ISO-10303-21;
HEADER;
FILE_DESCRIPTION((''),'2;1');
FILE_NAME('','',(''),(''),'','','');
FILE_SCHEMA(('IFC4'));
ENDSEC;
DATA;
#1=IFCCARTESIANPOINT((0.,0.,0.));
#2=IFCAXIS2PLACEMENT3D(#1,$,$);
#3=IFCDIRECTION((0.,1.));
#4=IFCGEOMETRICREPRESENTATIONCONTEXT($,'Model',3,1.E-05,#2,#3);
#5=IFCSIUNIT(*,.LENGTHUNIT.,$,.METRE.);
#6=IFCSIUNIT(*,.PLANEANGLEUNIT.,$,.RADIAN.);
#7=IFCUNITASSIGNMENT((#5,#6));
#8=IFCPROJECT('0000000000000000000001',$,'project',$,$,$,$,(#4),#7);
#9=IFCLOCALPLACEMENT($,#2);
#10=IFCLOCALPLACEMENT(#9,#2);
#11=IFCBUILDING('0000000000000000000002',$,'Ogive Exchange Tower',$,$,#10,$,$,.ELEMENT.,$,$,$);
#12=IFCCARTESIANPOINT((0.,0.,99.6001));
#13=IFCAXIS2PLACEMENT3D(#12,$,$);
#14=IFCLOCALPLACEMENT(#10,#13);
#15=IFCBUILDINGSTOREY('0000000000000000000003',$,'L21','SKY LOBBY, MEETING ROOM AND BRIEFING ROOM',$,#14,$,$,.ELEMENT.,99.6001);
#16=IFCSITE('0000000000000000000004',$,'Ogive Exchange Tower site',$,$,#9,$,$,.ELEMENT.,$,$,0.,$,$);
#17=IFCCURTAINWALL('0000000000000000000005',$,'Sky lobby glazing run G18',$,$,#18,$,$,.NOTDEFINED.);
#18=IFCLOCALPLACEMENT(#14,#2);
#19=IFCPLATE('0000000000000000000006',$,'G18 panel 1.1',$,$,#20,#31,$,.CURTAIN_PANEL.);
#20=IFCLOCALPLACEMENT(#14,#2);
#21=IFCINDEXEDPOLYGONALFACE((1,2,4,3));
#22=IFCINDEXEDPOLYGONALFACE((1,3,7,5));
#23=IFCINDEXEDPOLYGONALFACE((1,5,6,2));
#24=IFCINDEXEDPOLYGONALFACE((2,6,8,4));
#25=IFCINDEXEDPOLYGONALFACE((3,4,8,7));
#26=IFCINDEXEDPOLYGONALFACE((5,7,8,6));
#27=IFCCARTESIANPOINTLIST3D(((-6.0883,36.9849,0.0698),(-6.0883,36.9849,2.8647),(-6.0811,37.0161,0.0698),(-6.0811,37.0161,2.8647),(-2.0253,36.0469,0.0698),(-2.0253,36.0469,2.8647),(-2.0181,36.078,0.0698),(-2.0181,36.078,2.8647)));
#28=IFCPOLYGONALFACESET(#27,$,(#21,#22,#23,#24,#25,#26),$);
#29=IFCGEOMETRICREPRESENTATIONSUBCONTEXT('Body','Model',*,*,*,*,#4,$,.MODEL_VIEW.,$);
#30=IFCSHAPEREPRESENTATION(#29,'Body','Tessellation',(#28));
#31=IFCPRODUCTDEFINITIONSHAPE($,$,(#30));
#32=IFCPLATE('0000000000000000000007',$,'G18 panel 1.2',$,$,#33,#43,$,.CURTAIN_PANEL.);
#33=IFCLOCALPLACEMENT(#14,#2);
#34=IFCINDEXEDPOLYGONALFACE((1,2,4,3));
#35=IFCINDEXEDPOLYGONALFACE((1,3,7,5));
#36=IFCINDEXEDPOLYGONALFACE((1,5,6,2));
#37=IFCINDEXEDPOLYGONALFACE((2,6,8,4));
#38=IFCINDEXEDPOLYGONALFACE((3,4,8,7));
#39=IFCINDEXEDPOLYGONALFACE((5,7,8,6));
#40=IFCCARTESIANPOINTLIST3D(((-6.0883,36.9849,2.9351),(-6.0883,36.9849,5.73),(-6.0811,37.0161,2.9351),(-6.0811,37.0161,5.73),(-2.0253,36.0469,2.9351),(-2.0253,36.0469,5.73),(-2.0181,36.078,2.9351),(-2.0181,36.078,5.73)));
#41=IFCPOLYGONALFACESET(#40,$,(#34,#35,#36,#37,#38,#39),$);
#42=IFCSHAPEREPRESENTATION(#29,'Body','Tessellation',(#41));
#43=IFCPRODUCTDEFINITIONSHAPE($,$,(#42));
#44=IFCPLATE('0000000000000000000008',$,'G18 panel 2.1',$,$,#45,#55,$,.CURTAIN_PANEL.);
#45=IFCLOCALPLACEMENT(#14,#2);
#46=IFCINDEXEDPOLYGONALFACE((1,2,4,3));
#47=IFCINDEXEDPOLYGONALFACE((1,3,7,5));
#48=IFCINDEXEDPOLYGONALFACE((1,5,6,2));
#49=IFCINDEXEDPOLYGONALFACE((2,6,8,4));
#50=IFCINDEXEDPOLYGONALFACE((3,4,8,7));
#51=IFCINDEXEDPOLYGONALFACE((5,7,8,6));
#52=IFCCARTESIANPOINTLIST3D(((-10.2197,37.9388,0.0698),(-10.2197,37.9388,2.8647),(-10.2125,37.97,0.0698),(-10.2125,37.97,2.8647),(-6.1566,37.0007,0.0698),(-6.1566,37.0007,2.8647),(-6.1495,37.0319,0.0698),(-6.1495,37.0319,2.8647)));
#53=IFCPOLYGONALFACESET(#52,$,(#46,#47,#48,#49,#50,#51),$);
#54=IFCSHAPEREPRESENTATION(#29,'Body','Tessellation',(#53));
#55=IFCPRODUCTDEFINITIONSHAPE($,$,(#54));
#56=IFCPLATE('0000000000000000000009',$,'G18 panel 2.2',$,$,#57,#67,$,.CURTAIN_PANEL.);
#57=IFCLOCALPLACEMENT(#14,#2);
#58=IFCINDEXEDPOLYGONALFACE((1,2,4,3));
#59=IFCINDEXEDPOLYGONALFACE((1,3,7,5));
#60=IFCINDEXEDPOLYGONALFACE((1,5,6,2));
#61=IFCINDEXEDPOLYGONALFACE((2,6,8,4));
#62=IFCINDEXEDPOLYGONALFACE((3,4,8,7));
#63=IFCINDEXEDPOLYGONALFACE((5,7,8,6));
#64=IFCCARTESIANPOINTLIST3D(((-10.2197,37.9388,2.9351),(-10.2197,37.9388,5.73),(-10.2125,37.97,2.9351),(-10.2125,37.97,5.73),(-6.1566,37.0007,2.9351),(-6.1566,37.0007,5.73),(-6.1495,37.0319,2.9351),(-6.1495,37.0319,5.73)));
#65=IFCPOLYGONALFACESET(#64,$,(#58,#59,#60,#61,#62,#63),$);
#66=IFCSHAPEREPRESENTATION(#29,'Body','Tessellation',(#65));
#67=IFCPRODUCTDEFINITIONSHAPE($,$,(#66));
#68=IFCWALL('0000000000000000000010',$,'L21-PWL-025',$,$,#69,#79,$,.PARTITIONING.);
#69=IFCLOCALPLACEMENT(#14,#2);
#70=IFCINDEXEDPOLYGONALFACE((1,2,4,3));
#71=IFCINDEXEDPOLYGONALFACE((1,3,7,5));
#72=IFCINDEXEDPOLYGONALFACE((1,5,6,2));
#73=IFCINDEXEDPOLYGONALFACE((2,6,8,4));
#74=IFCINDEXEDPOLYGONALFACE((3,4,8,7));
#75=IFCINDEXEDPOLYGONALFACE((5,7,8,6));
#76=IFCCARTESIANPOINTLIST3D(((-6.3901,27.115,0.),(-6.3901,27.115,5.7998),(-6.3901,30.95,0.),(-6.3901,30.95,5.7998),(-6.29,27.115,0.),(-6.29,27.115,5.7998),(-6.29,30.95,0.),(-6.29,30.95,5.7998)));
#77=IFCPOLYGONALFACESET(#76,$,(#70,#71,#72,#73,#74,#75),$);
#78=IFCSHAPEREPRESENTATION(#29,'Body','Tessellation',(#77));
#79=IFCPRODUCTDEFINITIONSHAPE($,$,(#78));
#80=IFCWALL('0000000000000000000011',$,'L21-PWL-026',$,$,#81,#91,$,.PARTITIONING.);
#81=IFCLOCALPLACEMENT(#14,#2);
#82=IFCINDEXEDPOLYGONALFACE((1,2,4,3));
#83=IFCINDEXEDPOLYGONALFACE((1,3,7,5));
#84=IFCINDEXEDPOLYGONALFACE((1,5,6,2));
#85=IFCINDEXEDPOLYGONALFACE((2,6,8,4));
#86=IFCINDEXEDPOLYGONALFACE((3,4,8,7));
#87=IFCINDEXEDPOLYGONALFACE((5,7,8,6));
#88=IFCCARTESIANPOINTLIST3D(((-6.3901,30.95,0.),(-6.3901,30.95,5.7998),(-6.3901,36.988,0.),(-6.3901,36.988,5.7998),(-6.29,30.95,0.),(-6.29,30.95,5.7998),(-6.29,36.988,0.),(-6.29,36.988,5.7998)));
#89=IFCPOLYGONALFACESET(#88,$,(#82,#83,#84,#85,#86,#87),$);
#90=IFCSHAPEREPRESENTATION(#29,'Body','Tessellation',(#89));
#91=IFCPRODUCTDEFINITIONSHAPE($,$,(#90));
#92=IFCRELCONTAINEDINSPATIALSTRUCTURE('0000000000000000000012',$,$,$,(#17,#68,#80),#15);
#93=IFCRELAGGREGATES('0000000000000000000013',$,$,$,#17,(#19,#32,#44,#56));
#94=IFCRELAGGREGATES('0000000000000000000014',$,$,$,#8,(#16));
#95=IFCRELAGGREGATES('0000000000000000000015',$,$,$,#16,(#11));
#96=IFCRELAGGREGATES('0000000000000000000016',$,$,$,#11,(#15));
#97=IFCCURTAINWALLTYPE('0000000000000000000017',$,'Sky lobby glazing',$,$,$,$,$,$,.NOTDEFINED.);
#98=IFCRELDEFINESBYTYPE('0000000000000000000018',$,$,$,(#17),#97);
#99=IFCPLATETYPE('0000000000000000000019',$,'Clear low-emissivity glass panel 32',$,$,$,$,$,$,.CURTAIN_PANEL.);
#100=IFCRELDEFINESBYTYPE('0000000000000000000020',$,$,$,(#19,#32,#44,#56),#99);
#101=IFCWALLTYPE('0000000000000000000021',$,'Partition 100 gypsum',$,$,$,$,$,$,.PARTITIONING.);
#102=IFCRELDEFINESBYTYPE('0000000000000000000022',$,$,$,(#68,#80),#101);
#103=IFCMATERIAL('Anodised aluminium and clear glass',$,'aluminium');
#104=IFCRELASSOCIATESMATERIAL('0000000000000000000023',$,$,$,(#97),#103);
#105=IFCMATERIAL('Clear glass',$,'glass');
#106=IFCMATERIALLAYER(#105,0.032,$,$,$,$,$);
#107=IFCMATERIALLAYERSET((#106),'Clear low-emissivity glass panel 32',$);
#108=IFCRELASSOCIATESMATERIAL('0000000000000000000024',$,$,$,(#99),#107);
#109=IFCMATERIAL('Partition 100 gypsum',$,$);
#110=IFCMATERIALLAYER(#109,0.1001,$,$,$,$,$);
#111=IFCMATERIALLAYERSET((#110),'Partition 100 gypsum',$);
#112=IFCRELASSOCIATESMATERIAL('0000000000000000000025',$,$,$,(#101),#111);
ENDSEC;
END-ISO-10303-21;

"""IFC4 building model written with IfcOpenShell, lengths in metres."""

from ifc_helpers import new_model, si_unit, direction, frame, frame_2d, origin, origin_2d, place, context, subcontext, project, spatial, rectangle, extrude, material, layer, layer_set, type_object, element, aggregate, save


model = new_model("IFC4")

# Units and contexts
model_context = context("Model", 3, precision=1e-05, world=origin(), true_north=direction((0.0, 1.0)))
body_context = subcontext(model_context, "Body", "Model", "MODEL_VIEW")
ifc_project = project(units=[si_unit("LENGTHUNIT", "METRE"), si_unit("PLANEANGLEUNIT", "RADIAN")], contexts=[model_context])

# Site, building, storey
site_placement = place(None, origin())
site = spatial("IfcSite", under=ifc_project, at=site_placement, Name="Ogive Exchange Tower site", CompositionType="ELEMENT", RefElevation=0.0)
building_placement = place(site_placement, origin())
building = spatial("IfcBuilding", under=site, at=building_placement, Name="Ogive Exchange Tower", CompositionType="ELEMENT")
storey_placement = place(building_placement, frame((0.0, 0.0, 99.6001)))
storey = spatial("IfcBuildingStorey", under=building, at=storey_placement, Name="L21", Description="SKY LOBBY, MEETING ROOM AND BRIEFING ROOM", CompositionType="ELEMENT", Elevation=99.6001)

# Curtain wall
ifc_material_1 = material(Name="Anodised aluminium and clear glass", Category="aluminium")
curtain_wall_type = type_object("IfcCurtainWallType", Name="Sky lobby glazing", PredefinedType="NOTDEFINED", material=ifc_material_1)
curtain_wall_1_placement = place(storey_placement, origin())
curtain_wall_1 = element("IfcCurtainWall", 1, at=curtain_wall_1_placement, inside=storey, type_object=curtain_wall_type, Name="Sky lobby glazing run G18", PredefinedType="NOTDEFINED")

# Plates
ifc_material_2 = material(Name="Clear glass", Category="glass")
ifc_layer_1 = layer(ifc_material_2, 0.032)
ifc_layer_set_1 = layer_set([ifc_layer_1], Name="Clear low-emissivity glass panel 32")
plate_type = type_object("IfcPlateType", Name="Clear low-emissivity glass panel 32", PredefinedType="CURTAIN_PANEL", material=ifc_layer_set_1)
plate_1_placement = place(storey_placement, frame((-4.0532, 36.5315, 0.0698), z_axis=(0.0, 0.0, 1.0), x_axis=(-0.974369, 0.224958, 0.0)))
plate_1 = element("IfcPlate", 2, at=plate_1_placement, type_object=plate_type, Name="G18 panel 1.1", PredefinedType="CURTAIN_PANEL", context=body_context, shape_type="SweptSolid", body=[
    extrude(rectangle(XDim=4.1699, YDim=0.032, at=origin_2d()), origin(), (0.0, 0.0, 1.0), 2.7949),
])
plate_2_placement = place(storey_placement, frame((-4.0532, 36.5315, 2.9351), z_axis=(0.0, 0.0, 1.0), x_axis=(-0.974369, 0.224958, 0.0)))
plate_2 = element("IfcPlate", 3, at=plate_2_placement, type_object=plate_type, Name="G18 panel 1.2", PredefinedType="CURTAIN_PANEL", context=body_context, shape_type="SweptSolid", body=[
    extrude(rectangle(XDim=4.1699, YDim=0.032, at=origin_2d()), origin(), (0.0, 0.0, 1.0), 2.7949),
])
plate_3_placement = place(storey_placement, frame((-8.1846, 37.4854, 0.0698), z_axis=(0.0, 0.0, 1.0), x_axis=(-0.974369, 0.224958, 0.0)))
plate_3 = element("IfcPlate", 4, at=plate_3_placement, type_object=plate_type, Name="G18 panel 2.1", PredefinedType="CURTAIN_PANEL", context=body_context, shape_type="SweptSolid", body=[
    extrude(rectangle(XDim=4.1699, YDim=0.032, at=origin_2d()), origin(), (0.0, 0.0, 1.0), 2.7949),
])
plate_4_placement = place(storey_placement, frame((-8.1846, 37.4854, 2.9351), z_axis=(0.0, 0.0, 1.0), x_axis=(-0.974369, 0.224958, 0.0)))
plate_4 = element("IfcPlate", 5, at=plate_4_placement, type_object=plate_type, Name="G18 panel 2.2", PredefinedType="CURTAIN_PANEL", context=body_context, shape_type="SweptSolid", body=[
    extrude(rectangle(XDim=4.1699, YDim=0.032, at=origin_2d()), origin(), (0.0, 0.0, 1.0), 2.7949),
])
aggregate(curtain_wall_1, [plate_1, plate_2, plate_3, plate_4])

# Walls
ifc_material_3 = material(Name="Partition 100 gypsum")
ifc_layer_2 = layer(ifc_material_3, 0.1001)
ifc_layer_set_2 = layer_set([ifc_layer_2], Name="Partition 100 gypsum")
wall_type = type_object("IfcWallType", Name="Partition 100 gypsum", PredefinedType="PARTITIONING", material=ifc_layer_set_2)
wall_1_placement = place(storey_placement, frame((-6.3401, 30.95, 0.0), z_axis=(0.0, 0.0, 1.0), x_axis=(0.0, -1.0, 0.0)))
element("IfcWall", 6, at=wall_1_placement, inside=storey, type_object=wall_type, Name="L21-PWL-025", PredefinedType="PARTITIONING", context=body_context, shape_type="SweptSolid", body=[
    extrude(rectangle(XDim=3.835, YDim=0.1001, at=frame_2d((1.9175, 0.0))), origin(), (0.0, 0.0, 1.0), 5.7998),
])
wall_2_placement = place(storey_placement, frame((-6.3401, 36.988, 0.0), z_axis=(0.0, 0.0, 1.0), x_axis=(0.0, -1.0, 0.0)))
element("IfcWall", 7, at=wall_2_placement, inside=storey, type_object=wall_type, Name="L21-PWL-026", PredefinedType="PARTITIONING", context=body_context, shape_type="SweptSolid", body=[
    extrude(rectangle(XDim=6.0381, YDim=0.1001, at=frame_2d((3.019, 0.0))), origin(), (0.0, 0.0, 1.0), 5.7998),
])

save(model, "model.ifc")
